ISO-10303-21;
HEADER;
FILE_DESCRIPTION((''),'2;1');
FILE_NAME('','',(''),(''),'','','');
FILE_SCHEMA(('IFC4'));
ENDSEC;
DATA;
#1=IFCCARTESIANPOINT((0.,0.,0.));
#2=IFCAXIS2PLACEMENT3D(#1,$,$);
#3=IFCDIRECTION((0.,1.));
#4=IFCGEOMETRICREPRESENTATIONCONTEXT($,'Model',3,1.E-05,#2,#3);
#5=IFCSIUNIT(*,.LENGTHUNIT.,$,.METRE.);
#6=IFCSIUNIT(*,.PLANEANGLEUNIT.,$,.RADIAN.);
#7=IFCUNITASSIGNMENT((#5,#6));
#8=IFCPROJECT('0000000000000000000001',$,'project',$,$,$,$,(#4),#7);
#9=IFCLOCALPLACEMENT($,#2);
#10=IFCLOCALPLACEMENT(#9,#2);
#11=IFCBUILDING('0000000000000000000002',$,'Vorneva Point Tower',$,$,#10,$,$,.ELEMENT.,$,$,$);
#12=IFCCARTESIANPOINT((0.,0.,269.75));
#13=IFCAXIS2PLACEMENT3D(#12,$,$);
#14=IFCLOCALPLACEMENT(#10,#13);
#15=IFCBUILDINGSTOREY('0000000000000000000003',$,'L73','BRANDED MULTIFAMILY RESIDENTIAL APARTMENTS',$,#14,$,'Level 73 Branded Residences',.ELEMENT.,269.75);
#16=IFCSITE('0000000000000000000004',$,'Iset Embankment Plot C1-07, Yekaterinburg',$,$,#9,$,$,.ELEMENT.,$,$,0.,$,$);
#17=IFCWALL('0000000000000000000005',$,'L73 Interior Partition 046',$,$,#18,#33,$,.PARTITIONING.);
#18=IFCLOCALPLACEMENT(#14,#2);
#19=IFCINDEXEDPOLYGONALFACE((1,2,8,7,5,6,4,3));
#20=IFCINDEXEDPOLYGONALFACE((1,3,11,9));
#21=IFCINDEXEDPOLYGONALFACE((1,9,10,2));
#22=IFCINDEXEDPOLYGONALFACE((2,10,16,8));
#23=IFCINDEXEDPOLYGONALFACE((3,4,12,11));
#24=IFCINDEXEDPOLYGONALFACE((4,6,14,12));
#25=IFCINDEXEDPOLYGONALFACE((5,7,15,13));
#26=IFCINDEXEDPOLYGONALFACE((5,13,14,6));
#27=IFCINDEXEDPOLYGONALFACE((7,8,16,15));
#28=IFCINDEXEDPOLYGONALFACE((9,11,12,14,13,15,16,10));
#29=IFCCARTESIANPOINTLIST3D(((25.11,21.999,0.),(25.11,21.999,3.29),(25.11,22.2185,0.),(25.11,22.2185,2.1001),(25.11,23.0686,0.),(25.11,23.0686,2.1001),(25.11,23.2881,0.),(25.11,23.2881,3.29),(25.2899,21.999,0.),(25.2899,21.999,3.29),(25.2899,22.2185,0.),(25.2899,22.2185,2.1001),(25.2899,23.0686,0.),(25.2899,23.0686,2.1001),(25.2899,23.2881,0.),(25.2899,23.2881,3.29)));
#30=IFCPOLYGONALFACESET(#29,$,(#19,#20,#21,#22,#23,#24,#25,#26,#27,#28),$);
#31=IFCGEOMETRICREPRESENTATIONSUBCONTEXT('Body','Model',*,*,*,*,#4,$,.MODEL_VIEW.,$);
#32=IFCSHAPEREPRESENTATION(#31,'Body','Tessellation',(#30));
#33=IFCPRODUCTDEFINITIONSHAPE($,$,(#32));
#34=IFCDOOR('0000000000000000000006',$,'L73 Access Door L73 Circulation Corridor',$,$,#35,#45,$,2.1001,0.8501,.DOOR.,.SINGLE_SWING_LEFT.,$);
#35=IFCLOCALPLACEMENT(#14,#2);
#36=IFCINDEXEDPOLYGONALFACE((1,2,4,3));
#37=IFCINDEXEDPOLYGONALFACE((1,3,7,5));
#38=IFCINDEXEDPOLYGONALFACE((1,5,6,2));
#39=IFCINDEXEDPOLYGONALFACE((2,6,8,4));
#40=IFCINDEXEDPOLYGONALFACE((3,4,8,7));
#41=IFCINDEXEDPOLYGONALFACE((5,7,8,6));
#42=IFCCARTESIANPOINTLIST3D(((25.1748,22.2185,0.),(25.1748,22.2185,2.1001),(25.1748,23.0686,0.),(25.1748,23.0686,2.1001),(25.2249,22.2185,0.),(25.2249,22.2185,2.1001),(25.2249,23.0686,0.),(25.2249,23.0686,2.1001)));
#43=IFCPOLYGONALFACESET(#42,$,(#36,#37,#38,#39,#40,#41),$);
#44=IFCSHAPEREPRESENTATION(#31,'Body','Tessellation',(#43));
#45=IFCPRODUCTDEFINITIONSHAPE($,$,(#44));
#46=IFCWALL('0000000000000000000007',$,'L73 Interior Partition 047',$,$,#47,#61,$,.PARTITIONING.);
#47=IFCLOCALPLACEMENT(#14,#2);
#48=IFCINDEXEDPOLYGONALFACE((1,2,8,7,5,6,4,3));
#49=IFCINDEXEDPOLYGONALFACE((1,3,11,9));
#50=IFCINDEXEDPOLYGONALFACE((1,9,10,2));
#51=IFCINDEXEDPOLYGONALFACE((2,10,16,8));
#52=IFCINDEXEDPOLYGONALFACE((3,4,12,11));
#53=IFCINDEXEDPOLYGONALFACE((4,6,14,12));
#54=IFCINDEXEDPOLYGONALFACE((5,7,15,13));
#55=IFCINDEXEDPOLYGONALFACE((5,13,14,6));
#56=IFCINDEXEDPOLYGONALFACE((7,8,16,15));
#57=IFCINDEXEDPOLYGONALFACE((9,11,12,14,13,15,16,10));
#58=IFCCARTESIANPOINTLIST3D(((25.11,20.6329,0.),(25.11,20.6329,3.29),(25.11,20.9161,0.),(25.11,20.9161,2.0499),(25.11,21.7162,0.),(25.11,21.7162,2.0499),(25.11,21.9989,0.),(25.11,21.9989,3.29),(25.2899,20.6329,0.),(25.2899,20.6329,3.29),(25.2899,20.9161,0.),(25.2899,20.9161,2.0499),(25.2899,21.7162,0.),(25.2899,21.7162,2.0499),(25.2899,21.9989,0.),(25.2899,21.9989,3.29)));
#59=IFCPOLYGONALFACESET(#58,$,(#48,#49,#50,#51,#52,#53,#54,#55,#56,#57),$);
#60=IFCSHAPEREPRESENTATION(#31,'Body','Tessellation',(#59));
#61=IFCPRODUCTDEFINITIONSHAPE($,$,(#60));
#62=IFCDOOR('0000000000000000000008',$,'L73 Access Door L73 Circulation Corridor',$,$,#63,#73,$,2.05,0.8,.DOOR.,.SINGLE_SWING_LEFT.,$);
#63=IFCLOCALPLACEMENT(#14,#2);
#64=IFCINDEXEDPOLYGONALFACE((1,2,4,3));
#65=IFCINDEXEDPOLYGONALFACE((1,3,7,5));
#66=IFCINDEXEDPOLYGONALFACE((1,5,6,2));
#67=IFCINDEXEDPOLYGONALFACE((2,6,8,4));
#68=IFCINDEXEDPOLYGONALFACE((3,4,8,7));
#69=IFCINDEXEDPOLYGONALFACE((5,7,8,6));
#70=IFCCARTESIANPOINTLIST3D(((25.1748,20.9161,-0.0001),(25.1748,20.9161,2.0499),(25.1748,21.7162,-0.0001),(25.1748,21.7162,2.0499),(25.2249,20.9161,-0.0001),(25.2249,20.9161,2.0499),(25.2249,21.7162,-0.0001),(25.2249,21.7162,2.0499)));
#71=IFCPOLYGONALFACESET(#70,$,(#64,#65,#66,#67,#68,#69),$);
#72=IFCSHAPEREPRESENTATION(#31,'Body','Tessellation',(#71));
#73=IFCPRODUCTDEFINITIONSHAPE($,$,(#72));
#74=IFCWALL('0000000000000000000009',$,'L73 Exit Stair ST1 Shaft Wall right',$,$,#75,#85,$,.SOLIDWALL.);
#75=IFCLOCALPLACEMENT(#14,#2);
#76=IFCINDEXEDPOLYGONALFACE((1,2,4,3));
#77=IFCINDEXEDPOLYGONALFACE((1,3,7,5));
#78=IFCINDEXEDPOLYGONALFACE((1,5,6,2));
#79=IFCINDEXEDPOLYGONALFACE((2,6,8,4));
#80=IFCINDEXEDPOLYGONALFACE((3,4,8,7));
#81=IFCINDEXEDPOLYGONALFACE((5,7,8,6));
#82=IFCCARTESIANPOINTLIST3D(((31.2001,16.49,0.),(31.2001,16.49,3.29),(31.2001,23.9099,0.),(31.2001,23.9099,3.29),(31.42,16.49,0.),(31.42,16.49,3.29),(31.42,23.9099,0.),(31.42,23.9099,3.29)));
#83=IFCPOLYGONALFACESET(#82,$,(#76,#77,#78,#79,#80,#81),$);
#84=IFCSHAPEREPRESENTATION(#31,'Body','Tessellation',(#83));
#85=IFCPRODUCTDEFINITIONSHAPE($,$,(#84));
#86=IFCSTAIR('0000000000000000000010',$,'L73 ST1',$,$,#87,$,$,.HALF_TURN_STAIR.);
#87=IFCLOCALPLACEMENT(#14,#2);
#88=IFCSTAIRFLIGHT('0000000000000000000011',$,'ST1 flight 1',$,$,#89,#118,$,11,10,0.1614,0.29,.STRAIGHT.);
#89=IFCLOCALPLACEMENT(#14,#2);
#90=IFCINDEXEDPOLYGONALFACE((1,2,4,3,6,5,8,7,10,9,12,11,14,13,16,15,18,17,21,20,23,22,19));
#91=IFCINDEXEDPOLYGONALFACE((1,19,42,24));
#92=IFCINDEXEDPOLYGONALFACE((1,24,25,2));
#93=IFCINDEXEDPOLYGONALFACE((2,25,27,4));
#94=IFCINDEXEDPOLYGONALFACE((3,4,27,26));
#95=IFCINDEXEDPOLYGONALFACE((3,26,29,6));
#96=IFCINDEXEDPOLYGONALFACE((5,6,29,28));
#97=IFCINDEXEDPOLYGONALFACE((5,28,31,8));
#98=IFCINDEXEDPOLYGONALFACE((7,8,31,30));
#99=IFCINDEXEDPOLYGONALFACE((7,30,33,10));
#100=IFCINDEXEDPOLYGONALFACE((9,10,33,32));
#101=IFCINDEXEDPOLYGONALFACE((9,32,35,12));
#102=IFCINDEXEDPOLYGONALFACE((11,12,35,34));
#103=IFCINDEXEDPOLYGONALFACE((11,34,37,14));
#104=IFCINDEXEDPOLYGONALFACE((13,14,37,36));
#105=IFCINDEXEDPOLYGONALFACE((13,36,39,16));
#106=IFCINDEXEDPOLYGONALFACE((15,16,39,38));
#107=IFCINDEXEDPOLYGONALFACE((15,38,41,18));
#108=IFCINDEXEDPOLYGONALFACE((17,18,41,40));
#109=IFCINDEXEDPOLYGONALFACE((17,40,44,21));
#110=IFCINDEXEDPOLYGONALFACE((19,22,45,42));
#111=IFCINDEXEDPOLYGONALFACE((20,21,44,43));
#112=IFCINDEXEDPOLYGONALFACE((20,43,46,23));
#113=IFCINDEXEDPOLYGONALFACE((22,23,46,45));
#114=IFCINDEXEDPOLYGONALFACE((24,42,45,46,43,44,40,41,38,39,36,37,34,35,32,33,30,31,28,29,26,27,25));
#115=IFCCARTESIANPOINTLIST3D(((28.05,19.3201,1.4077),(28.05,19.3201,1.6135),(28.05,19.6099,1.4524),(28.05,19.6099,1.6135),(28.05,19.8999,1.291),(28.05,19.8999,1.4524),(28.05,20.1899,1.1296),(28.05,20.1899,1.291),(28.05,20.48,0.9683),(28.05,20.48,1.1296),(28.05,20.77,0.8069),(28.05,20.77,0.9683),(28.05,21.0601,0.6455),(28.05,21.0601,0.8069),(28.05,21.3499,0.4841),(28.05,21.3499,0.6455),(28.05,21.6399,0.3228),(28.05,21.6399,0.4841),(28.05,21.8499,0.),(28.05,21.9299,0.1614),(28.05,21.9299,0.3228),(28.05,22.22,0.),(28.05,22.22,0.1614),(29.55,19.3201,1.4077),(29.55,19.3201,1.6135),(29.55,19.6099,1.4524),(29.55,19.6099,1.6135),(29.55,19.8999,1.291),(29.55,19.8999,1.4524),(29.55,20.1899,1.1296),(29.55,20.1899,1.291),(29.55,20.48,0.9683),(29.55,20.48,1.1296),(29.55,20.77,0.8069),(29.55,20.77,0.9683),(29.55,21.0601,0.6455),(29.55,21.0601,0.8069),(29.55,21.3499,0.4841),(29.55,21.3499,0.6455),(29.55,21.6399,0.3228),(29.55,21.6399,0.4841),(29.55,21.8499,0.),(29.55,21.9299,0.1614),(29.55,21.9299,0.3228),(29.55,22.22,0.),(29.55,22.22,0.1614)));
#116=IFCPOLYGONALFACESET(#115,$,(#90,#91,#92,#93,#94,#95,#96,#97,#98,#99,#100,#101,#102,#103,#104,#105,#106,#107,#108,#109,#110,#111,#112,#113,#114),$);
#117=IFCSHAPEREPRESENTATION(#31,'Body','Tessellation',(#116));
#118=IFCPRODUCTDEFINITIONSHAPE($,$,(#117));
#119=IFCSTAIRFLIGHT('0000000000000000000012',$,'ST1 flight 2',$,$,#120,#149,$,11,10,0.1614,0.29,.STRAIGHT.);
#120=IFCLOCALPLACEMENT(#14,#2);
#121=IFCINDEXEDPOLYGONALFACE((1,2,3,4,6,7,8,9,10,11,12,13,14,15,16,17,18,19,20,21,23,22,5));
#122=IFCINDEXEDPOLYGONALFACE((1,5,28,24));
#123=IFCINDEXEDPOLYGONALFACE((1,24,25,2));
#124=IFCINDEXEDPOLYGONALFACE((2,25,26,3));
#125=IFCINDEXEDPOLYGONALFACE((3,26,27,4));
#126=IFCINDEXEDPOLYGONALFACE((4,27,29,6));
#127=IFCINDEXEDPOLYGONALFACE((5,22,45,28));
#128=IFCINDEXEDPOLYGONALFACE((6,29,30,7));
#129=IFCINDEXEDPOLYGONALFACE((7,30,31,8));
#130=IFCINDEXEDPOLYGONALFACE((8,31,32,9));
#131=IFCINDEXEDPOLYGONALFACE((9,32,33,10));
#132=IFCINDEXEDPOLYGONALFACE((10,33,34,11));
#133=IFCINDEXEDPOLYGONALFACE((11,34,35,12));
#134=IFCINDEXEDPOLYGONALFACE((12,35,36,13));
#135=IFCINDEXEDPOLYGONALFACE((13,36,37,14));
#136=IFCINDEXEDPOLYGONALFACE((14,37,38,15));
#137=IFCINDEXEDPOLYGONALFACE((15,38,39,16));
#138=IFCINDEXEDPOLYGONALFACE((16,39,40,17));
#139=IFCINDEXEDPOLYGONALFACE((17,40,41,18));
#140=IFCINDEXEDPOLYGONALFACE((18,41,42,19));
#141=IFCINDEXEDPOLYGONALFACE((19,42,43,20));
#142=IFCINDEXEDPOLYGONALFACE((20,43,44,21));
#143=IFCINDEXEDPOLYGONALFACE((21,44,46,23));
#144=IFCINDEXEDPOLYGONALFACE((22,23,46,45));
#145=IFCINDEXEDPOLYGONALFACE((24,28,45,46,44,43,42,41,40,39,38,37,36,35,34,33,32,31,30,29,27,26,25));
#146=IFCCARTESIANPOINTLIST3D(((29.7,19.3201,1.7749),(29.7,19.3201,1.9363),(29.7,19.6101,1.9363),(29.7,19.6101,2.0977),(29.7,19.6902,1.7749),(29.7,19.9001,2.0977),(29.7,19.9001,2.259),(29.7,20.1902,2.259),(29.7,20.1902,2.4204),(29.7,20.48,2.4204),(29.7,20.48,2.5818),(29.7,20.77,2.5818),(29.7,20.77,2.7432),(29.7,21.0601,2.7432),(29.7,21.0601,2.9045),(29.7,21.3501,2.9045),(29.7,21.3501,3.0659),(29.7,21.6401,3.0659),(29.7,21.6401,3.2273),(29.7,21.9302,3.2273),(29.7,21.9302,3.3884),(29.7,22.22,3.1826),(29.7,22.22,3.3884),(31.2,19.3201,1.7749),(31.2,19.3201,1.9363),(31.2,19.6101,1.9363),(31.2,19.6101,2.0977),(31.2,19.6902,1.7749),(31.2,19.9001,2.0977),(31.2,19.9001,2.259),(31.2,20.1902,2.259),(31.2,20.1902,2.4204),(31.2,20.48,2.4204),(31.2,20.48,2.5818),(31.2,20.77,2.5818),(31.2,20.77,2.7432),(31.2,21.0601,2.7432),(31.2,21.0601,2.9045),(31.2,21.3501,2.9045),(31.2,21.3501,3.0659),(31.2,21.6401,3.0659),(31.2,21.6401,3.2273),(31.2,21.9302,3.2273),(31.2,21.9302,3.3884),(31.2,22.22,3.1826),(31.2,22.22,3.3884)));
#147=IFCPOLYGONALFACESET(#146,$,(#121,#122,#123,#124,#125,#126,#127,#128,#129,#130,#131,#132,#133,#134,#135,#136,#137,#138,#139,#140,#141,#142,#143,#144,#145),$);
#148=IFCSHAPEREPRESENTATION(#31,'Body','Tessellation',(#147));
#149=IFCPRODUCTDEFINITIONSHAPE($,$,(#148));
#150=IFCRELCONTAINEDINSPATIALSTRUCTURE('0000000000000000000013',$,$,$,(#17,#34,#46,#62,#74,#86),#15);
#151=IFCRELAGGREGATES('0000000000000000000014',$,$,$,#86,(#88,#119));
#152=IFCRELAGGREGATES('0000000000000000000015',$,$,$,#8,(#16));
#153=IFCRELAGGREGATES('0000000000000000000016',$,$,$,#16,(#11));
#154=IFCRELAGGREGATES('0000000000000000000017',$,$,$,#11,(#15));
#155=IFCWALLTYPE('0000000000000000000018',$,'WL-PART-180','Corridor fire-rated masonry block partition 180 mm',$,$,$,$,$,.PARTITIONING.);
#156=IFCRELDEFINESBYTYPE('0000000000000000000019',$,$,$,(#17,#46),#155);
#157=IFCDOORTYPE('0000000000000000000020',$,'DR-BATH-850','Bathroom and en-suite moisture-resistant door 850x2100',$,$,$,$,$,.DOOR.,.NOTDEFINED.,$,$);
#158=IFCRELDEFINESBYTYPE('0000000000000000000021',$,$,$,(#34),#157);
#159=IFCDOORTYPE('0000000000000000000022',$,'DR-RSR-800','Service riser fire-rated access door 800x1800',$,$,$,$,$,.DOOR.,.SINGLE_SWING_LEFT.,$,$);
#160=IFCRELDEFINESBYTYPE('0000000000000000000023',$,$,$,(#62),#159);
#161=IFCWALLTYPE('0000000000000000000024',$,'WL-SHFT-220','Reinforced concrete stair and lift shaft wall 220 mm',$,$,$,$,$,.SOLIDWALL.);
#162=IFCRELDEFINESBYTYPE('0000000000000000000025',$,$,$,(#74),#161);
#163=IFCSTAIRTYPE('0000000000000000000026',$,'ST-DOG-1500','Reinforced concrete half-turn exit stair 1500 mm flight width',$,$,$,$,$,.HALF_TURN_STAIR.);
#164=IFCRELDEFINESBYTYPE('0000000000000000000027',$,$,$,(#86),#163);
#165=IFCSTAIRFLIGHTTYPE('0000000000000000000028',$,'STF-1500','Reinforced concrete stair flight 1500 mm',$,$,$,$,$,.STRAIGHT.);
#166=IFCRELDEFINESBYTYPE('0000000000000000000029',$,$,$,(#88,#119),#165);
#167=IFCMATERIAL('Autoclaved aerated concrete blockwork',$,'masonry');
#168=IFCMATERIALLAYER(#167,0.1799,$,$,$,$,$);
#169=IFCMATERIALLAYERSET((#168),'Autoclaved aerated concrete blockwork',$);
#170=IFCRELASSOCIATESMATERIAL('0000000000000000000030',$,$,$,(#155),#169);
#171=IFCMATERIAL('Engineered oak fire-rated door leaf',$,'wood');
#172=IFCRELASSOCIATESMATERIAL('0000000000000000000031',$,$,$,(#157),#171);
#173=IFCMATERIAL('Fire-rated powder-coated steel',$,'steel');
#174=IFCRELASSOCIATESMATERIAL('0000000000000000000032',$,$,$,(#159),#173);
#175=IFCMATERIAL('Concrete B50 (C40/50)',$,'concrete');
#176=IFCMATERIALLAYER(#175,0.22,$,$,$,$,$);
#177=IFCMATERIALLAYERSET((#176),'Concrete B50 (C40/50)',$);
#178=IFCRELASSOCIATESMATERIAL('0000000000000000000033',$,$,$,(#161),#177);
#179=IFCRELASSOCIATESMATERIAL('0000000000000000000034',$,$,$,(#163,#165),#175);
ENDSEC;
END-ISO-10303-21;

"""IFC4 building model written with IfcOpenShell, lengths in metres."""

from ifc_helpers import new_model, si_unit, direction, frame, frame_2d, origin, place, context, subcontext, project, spatial, polyline, rectangle, outline, extrude, material, layer, layer_set, type_object, element, fill, aggregate, save


model = new_model("IFC4")

# Units and contexts
model_context = context("Model", 3, precision=1e-05, world=origin(), true_north=direction((0.0, 1.0)))
body_context = subcontext(model_context, "Body", "Model", "MODEL_VIEW")
ifc_project = project(units=[si_unit("LENGTHUNIT", "METRE"), si_unit("PLANEANGLEUNIT", "RADIAN")], contexts=[model_context])

# Site, building, storey
site_placement = place(None, origin())
site = spatial("IfcSite", under=ifc_project, at=site_placement, Name="Iset Embankment Plot C1-07, Yekaterinburg", CompositionType="ELEMENT", RefElevation=0.0)
building_placement = place(site_placement, origin())
building = spatial("IfcBuilding", under=site, at=building_placement, Name="Vorneva Point Tower", CompositionType="ELEMENT")
storey_placement = place(building_placement, frame((0.0, 0.0, 269.75)))
storey = spatial("IfcBuildingStorey", under=building, at=storey_placement, Name="L73", Description="BRANDED MULTIFAMILY RESIDENTIAL APARTMENTS", LongName="Level 73 Branded Residences", CompositionType="ELEMENT", Elevation=269.75)

# Shared definitions
ifc_material_1 = material(Name="Concrete B50 (C40/50)", Category="concrete")

# Shared definitions
ifc_material_2 = material(Name="Autoclaved aerated concrete blockwork", Category="masonry")
ifc_layer_1 = layer(ifc_material_2, 0.1799)
ifc_layer_set_1 = layer_set([ifc_layer_1], Name="Autoclaved aerated concrete blockwork")
wall_type_1 = type_object("IfcWallType", Name="WL-PART-180", Description="Corridor fire-rated masonry block partition 180 mm", PredefinedType="PARTITIONING", material=ifc_layer_set_1)
ifc_material_3 = material(Name="Fire-rated powder-coated steel", Category="steel")
ifc_material_4 = material(Name="Engineered oak fire-rated door leaf", Category="wood")
door_type_1 = type_object("IfcDoorType", Name="DR-BATH-850", Description="Bathroom and en-suite moisture-resistant door 850x2100", OperationType="NOTDEFINED", PredefinedType="DOOR", material=ifc_material_4)

# Walls, openings, doors
door_type_2 = type_object("IfcDoorType", Name="DR-RSR-800", Description="Service riser fire-rated access door 800x1800", OperationType="SINGLE_SWING_LEFT", PredefinedType="DOOR", material=ifc_material_3)
wall_1_placement = place(storey_placement, frame((25.2, 23.2881, 0.0), z_axis=(0.0, 0.0, 1.0), x_axis=(0.0, -1.0, 0.0)))
wall_1 = element("IfcWall", 1, at=wall_1_placement, inside=storey, type_object=wall_type_1, Name="L73 Interior Partition 046", PredefinedType="PARTITIONING", context=body_context, shape_type="SweptSolid", body=[
    extrude(rectangle(XDim=1.2891, YDim=0.1799, at=frame_2d((0.6445, 0.0))), origin(), (0.0, 0.0, 1.0), 3.29),
])
opening_1_placement = place(wall_1_placement, frame((0.2195, 0.0, 0.0)))
opening_1 = element("IfcOpeningElement", 2, at=opening_1_placement, cuts=wall_1, PredefinedType="OPENING", context=body_context, shape_type="SweptSolid", body=[
    extrude(rectangle(XDim=0.8501, YDim=2.1001, at=frame_2d((0.425, 1.05))), frame((0.0, 0.105, 0.0), z_axis=(0.0, -1.0, 0.0), x_axis=(1.0, 0.0, 0.0)), (0.0, 0.0, 1.0), 0.2097),
])
door_1_placement = place(opening_1_placement, origin())
door_1 = element("IfcDoor", 3, at=door_1_placement, inside=storey, type_object=door_type_1, Name="L73 Access Door L73 Circulation Corridor", OperationType="SINGLE_SWING_LEFT", OverallHeight=2.1001, OverallWidth=0.8501, PredefinedType="DOOR", context=body_context, shape_type="SweptSolid", body=[
    extrude(rectangle(XDim=0.8501, YDim=2.1001, at=frame_2d((0.425, 1.05))), frame((0.0, 0.0249, 0.0), z_axis=(0.0, -1.0, 0.0), x_axis=(1.0, 0.0, 0.0)), (0.0, 0.0, 1.0), 0.05),
])
fill(opening_1, door_1)
wall_2_placement = place(storey_placement, frame((25.2, 21.999, 0.0), z_axis=(0.0, 0.0, 1.0), x_axis=(0.0, -1.0, 0.0)))
wall_2 = element("IfcWall", 4, at=wall_2_placement, inside=storey, type_object=wall_type_1, Name="L73 Interior Partition 047", PredefinedType="PARTITIONING", context=body_context, shape_type="SweptSolid", body=[
    extrude(rectangle(XDim=1.366, YDim=0.1799, at=frame_2d((0.6831, 0.0))), origin(), (0.0, 0.0, 1.0), 3.29),
])
opening_2_placement = place(wall_2_placement, frame((0.283, 0.0, 0.0)))
opening_2 = element("IfcOpeningElement", 5, at=opening_2_placement, cuts=wall_2, PredefinedType="OPENING", context=body_context, shape_type="SweptSolid", body=[
    extrude(rectangle(XDim=0.8, YDim=2.05, at=frame_2d((0.3999, 1.0249))), frame((0.0, 0.105, 0.0), z_axis=(0.0, -1.0, 0.0), x_axis=(1.0, 0.0, 0.0)), (0.0, 0.0, 1.0), 0.2097),
])
door_2_placement = place(opening_2_placement, origin())
door_2 = element("IfcDoor", 6, at=door_2_placement, inside=storey, type_object=door_type_2, Name="L73 Access Door L73 Circulation Corridor", OperationType="SINGLE_SWING_LEFT", OverallHeight=2.05, OverallWidth=0.8, PredefinedType="DOOR", context=body_context, shape_type="SweptSolid", body=[
    extrude(rectangle(XDim=0.8, YDim=2.05, at=frame_2d((0.3999, 1.0249))), frame((0.0, 0.0249, 0.0), z_axis=(0.0, -1.0, 0.0), x_axis=(1.0, 0.0, 0.0)), (0.0, 0.0, 1.0), 0.05),
])
fill(opening_2, door_2)
ifc_layer_2 = layer(ifc_material_1, 0.22)
ifc_layer_set_2 = layer_set([ifc_layer_2], Name="Concrete B50 (C40/50)")
wall_type_2 = type_object("IfcWallType", Name="WL-SHFT-220", Description="Reinforced concrete stair and lift shaft wall 220 mm", PredefinedType="SOLIDWALL", material=ifc_layer_set_2)

# Wall
wall_3_placement = place(storey_placement, frame((31.3101, 23.9099, 0.0), z_axis=(0.0, 0.0, 1.0), x_axis=(0.0, -1.0, 0.0)))
element("IfcWall", 7, at=wall_3_placement, inside=storey, type_object=wall_type_2, Name="L73 Exit Stair ST1 Shaft Wall right", PredefinedType="SOLIDWALL", context=body_context, shape_type="SweptSolid", body=[
    extrude(rectangle(XDim=7.4199, YDim=0.22, at=frame_2d((3.71, 0.0))), origin(), (0.0, 0.0, 1.0), 3.29),
])

# Stair, stair flights
stair_type = type_object("IfcStairType", Name="ST-DOG-1500", Description="Reinforced concrete half-turn exit stair 1500 mm flight width", PredefinedType="HALF_TURN_STAIR", material=ifc_material_1)
stair_placement = place(storey_placement, origin())
stair = element("IfcStair", 8, at=stair_placement, inside=storey, type_object=stair_type, Name="L73 ST1", PredefinedType="HALF_TURN_STAIR")
stair_flight_type = type_object("IfcStairFlightType", Name="STF-1500", Description="Reinforced concrete stair flight 1500 mm", PredefinedType="STRAIGHT", material=ifc_material_1)
stair_flight_1_placement = place(storey_placement, frame((28.8, 22.22, 0.0), z_axis=(0.0, 0.0, 1.0), x_axis=(0.0, -1.0, 0.0)))
stair_flight_1 = element("IfcStairFlight", 9, at=stair_flight_1_placement, type_object=stair_flight_type, Name="ST1 flight 1", NumberOfRisers=11, NumberOfTreads=10, PredefinedType="STRAIGHT", RiserHeight=0.1614, TreadLength=0.29, context=body_context, shape_type="SweptSolid", body=[
    extrude(outline(polyline([(0.0, 0.0), (0.0, 0.1614), (0.29, 0.1614), (0.29, 0.3228), (0.5801, 0.3228), (0.5801, 0.4841), (0.8701, 0.4841), (0.8701, 0.6455), (1.1599, 0.6455), (1.1599, 0.8069), (1.45, 0.8069), (1.45, 0.9683), (1.74, 0.9683), (1.74, 1.1296), (2.03, 1.1296), (2.03, 1.291), (2.3201, 1.291), (2.3201, 1.4524), (2.6101, 1.4524), (2.6101, 1.6135), (2.8999, 1.6135), (2.8999, 1.7749), (2.8999, 1.4077), (0.3701, 0.0), (0.0, 0.0)])), frame((0.0, 0.75, 0.0), z_axis=(0.0, -1.0, 0.0), x_axis=(1.0, 0.0, 0.0)), (0.0, 0.0, 1.0), 1.5),
])
stair_flight_2_placement = place(storey_placement, frame((30.45, 19.3201, 1.7749), z_axis=(0.0, 0.0, 1.0), x_axis=(0.0, 1.0, 0.0)))
stair_flight_2 = element("IfcStairFlight", 10, at=stair_flight_2_placement, type_object=stair_flight_type, Name="ST1 flight 2", NumberOfRisers=11, NumberOfTreads=10, PredefinedType="STRAIGHT", RiserHeight=0.1614, TreadLength=0.29, context=body_context, shape_type="SweptSolid", body=[
    extrude(outline(polyline([(0.0, 0.0), (0.0, 0.1614), (0.29, 0.1614), (0.29, 0.3228), (0.5801, 0.3228), (0.5801, 0.4841), (0.8701, 0.4841), (0.8701, 0.6455), (1.1599, 0.6455), (1.1599, 0.8069), (1.45, 0.8069), (1.45, 0.9683), (1.74, 0.9683), (1.74, 1.1296), (2.03, 1.1296), (2.03, 1.291), (2.3201, 1.291), (2.3201, 1.4524), (2.6101, 1.4524), (2.6101, 1.6135), (2.8999, 1.6135), (2.8999, 1.7749), (2.8999, 1.4077), (0.3701, 0.0), (0.0, 0.0)])), frame((0.0, 0.75, 0.0), z_axis=(0.0, -1.0, 0.0), x_axis=(1.0, 0.0, 0.0)), (0.0, 0.0, 1.0), 1.5),
])
aggregate(stair, [stair_flight_1, stair_flight_2])

save(model, "model.ifc")
